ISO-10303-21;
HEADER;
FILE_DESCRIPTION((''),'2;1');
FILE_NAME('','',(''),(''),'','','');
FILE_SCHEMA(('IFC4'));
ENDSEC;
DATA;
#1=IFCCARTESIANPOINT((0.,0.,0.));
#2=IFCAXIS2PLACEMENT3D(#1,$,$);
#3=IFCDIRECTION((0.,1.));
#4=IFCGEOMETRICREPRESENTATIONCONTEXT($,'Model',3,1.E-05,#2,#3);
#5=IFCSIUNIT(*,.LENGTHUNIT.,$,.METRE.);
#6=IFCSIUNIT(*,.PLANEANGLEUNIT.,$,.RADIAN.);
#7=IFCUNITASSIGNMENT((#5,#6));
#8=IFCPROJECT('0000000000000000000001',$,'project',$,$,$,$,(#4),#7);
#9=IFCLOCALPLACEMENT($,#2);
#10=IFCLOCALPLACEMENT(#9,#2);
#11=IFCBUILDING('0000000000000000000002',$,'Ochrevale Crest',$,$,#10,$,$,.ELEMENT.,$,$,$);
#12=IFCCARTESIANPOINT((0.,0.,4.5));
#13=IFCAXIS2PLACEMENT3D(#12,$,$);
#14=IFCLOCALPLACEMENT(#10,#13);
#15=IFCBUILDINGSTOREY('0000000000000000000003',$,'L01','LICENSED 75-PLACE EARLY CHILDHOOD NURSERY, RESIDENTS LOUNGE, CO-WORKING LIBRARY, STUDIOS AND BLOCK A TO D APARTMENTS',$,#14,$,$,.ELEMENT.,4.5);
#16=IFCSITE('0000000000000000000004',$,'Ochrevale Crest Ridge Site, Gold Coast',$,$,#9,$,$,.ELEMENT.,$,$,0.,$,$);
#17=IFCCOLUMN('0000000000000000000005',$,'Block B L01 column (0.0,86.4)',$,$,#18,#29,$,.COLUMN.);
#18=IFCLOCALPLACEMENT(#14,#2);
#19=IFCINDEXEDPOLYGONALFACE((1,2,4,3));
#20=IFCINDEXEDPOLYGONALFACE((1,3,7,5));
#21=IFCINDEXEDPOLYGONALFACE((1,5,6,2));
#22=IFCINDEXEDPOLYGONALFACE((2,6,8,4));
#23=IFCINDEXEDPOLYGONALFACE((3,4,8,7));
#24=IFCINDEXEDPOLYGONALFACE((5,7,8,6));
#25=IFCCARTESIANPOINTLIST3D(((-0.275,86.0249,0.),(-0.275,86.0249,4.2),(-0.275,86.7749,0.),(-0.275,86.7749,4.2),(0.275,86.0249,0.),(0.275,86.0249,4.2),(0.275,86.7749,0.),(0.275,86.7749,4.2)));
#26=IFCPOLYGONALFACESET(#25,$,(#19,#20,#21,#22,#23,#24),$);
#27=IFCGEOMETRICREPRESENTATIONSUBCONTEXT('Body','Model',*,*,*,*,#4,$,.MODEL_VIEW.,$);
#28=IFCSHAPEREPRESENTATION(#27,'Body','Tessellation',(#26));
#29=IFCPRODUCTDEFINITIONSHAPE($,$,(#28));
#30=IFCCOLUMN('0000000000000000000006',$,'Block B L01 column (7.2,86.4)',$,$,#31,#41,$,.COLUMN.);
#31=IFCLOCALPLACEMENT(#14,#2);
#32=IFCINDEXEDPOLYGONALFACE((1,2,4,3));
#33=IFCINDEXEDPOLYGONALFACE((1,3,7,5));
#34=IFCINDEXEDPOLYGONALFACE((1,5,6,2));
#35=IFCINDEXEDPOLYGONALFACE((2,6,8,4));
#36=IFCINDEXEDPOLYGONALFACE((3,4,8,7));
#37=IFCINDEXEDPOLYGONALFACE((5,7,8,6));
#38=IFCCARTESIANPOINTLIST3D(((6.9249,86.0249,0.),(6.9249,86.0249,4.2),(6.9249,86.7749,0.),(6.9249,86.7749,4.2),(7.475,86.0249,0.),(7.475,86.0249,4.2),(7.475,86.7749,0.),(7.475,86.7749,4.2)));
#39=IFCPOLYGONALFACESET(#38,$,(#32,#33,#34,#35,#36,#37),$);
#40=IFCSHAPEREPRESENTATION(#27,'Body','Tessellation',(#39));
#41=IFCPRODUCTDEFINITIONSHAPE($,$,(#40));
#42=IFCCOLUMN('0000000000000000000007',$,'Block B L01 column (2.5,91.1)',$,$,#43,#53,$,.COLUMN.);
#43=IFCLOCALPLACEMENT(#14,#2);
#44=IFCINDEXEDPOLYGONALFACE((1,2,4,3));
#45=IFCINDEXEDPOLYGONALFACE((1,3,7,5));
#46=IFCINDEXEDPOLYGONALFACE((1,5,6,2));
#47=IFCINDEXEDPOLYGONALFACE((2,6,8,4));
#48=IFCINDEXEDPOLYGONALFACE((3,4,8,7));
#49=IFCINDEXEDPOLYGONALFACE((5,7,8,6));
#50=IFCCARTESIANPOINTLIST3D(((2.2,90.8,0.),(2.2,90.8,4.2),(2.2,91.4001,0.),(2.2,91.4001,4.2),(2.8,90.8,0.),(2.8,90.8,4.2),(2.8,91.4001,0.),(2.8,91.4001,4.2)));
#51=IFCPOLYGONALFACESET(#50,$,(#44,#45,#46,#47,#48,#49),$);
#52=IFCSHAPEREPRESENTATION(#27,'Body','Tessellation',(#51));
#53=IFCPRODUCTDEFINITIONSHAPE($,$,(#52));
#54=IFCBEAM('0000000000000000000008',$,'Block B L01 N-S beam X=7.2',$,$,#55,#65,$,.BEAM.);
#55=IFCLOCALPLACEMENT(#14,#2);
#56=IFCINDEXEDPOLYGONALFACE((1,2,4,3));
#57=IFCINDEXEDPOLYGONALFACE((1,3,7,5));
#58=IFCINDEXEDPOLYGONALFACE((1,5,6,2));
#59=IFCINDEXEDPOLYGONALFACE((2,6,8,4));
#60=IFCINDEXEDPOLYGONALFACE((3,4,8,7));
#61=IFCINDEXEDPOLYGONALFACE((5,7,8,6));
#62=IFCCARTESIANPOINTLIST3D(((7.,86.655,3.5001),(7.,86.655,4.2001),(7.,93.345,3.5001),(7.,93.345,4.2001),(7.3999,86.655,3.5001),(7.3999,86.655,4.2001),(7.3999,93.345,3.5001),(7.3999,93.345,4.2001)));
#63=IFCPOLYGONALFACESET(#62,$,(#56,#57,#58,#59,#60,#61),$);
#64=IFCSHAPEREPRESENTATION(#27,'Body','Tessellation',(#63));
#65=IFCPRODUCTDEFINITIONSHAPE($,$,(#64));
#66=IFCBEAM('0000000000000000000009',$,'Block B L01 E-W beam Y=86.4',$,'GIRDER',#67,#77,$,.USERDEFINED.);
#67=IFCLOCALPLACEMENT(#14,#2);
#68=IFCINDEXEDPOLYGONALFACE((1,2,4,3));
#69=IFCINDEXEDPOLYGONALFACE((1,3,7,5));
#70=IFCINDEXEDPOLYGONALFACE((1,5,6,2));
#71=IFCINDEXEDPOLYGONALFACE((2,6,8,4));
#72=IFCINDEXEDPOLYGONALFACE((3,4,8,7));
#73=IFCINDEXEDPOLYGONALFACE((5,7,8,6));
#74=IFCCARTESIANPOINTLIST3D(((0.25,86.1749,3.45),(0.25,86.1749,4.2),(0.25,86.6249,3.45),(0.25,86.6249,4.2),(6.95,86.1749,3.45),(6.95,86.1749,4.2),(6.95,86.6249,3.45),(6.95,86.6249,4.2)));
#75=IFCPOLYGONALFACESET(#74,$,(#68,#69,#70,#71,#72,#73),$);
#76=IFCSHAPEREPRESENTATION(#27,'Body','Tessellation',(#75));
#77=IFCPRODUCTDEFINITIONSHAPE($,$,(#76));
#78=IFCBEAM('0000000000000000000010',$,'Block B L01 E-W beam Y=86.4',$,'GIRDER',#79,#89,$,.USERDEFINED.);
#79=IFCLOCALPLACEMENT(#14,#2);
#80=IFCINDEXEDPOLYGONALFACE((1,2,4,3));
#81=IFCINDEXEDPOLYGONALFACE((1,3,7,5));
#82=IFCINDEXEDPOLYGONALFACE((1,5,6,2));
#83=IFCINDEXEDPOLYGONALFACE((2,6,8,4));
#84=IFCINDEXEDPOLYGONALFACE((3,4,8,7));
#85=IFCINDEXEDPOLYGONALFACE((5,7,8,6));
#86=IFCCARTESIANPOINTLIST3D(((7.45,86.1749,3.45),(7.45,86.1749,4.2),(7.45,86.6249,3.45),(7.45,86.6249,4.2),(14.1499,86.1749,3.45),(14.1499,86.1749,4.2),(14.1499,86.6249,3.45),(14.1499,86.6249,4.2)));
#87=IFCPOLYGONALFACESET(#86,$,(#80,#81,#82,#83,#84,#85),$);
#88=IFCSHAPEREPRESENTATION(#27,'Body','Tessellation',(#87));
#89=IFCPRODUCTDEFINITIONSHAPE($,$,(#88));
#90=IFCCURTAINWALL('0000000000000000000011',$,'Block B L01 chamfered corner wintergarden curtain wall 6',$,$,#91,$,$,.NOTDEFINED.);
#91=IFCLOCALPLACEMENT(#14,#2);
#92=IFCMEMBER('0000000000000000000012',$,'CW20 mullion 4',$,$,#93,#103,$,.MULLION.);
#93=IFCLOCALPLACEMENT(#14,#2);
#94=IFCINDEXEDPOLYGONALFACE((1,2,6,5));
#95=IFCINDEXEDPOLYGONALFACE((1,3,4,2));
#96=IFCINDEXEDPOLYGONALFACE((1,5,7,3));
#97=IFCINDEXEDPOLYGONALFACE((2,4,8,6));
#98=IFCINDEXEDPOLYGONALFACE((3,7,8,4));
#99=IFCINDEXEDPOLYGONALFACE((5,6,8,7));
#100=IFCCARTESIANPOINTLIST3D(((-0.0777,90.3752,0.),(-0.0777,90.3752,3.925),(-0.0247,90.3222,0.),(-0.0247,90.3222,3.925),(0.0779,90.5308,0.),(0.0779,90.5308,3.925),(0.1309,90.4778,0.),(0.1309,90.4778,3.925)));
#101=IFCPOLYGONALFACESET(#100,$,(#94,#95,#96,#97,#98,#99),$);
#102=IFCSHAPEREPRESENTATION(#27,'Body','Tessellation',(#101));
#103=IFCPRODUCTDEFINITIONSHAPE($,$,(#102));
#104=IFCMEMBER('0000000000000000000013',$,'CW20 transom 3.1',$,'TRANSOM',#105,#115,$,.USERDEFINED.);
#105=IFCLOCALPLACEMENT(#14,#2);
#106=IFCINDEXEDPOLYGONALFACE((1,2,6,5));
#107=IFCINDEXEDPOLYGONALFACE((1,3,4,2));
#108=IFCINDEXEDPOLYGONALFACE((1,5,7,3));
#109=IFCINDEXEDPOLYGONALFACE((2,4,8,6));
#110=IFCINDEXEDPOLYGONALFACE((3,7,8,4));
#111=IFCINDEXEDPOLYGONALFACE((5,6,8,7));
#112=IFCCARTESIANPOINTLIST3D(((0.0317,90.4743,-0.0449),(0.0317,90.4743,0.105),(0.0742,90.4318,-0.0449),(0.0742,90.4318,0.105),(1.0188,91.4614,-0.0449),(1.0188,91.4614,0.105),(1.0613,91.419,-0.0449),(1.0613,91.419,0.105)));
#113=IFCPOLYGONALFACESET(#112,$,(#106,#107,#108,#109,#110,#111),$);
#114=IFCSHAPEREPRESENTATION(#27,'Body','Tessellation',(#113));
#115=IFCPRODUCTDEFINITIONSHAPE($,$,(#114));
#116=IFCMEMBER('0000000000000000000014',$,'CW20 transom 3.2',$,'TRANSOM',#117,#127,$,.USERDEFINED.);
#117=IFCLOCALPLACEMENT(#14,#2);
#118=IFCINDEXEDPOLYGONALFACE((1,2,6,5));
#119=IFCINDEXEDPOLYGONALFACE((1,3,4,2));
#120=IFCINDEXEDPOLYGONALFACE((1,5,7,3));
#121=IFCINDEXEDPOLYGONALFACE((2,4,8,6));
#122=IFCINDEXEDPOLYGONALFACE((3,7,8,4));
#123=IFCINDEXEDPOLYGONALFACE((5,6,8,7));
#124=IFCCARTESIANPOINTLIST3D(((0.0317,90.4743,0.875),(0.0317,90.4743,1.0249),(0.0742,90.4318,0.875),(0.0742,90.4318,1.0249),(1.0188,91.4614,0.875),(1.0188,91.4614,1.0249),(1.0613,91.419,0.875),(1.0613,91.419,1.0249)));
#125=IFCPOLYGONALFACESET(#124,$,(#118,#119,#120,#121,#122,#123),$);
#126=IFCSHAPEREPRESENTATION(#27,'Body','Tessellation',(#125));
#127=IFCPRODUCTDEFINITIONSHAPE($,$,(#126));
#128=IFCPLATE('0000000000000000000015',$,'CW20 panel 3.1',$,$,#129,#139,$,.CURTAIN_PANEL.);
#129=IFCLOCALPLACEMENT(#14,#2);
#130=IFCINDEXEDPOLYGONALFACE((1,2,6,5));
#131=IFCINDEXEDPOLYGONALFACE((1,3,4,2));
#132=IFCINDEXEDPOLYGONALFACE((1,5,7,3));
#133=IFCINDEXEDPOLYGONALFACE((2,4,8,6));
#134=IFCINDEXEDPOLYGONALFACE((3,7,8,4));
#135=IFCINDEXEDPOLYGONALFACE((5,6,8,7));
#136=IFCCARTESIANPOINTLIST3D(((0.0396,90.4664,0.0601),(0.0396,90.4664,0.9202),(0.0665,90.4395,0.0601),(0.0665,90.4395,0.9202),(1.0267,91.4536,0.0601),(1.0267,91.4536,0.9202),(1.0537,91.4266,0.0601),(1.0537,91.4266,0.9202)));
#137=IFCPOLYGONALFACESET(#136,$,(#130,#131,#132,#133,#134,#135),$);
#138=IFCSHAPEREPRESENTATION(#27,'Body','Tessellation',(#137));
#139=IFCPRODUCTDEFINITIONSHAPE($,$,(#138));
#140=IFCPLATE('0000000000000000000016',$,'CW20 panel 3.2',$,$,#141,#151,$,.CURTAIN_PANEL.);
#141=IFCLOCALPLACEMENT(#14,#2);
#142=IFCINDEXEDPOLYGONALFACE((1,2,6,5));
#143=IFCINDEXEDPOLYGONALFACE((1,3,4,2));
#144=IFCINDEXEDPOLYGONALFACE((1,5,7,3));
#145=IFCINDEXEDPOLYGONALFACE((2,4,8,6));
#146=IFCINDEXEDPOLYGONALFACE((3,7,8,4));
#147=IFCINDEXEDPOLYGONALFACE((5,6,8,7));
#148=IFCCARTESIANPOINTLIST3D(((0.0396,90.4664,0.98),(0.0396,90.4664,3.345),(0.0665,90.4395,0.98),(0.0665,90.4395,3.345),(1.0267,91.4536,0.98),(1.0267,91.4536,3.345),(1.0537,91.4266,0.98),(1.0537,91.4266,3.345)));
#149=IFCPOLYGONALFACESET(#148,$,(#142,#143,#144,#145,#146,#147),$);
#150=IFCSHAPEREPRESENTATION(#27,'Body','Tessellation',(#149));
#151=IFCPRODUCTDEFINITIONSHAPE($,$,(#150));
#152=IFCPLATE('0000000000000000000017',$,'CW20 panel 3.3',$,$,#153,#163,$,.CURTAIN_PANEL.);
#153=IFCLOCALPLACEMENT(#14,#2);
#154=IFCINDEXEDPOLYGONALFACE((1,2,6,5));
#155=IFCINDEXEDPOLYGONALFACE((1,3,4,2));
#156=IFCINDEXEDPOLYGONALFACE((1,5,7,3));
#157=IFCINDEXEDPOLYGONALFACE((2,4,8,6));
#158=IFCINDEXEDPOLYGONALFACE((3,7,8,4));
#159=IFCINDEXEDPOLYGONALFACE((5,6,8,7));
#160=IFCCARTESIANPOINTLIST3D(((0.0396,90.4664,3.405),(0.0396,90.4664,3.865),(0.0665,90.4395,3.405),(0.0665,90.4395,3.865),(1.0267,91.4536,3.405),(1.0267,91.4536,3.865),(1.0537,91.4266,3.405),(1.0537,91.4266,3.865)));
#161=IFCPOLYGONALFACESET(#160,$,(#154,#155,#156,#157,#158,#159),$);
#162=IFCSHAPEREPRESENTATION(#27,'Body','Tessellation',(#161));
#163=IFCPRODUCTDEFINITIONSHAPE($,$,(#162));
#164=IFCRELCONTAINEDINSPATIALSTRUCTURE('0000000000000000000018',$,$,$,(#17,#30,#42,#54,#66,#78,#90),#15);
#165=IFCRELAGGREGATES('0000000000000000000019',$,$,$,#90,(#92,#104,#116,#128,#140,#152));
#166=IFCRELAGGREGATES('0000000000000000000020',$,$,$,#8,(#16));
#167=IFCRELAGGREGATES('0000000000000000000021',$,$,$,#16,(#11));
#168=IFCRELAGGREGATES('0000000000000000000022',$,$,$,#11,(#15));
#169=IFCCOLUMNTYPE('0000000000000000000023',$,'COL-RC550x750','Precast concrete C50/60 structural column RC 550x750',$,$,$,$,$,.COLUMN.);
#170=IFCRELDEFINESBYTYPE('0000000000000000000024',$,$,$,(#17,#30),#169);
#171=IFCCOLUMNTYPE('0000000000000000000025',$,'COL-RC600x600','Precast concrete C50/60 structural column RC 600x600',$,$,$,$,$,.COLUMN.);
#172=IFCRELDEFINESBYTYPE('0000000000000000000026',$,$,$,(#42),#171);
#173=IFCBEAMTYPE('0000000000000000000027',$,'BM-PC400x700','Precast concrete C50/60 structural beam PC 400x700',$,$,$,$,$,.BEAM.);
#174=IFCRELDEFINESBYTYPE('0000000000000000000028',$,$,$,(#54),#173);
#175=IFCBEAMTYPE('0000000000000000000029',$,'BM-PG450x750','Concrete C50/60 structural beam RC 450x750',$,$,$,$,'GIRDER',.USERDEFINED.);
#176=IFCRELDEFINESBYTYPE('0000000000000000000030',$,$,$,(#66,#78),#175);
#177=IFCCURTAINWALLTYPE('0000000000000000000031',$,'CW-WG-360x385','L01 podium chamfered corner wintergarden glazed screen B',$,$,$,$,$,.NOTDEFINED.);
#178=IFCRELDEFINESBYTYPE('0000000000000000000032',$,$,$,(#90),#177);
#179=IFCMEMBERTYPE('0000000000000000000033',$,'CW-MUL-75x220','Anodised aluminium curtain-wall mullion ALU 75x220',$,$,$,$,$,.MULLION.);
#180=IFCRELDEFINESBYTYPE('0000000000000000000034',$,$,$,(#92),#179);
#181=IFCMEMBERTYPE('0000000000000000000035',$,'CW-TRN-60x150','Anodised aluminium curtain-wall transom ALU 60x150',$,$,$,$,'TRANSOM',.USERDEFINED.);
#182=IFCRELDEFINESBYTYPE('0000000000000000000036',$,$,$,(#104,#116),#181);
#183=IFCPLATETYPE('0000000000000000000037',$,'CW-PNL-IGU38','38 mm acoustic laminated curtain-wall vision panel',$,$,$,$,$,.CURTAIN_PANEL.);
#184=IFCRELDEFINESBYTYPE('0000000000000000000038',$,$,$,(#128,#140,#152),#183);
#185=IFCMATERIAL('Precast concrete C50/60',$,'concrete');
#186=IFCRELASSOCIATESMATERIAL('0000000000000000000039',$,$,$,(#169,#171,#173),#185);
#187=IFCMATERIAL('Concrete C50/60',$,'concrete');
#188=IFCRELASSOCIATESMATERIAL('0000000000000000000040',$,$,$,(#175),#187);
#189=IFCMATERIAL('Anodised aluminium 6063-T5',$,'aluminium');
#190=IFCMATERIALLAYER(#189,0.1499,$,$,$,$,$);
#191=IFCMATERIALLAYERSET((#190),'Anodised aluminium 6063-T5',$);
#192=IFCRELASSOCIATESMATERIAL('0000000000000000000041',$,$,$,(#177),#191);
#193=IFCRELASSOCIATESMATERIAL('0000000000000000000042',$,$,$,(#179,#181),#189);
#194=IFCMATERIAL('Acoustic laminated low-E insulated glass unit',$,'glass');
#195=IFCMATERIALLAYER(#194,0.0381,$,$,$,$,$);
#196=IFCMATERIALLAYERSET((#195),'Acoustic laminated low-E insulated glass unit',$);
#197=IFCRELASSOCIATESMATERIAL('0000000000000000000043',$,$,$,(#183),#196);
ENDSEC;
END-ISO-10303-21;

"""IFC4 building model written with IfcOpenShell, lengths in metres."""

from ifc_helpers import new_model, si_unit, direction, frame, origin, origin_2d, place, context, subcontext, project, spatial, rectangle, extrude, material, layer, layer_set, material_profile, profile_set, type_object, element, aggregate, save


model = new_model("IFC4")

# Units and contexts
model_context = context("Model", 3, precision=1e-05, world=origin(), true_north=direction((0.0, 1.0)))
body_context = subcontext(model_context, "Body", "Model", "MODEL_VIEW")
ifc_project = project(units=[si_unit("LENGTHUNIT", "METRE"), si_unit("PLANEANGLEUNIT", "RADIAN")], contexts=[model_context])

# Site, building, storey
site_placement = place(None, origin())
site = spatial("IfcSite", under=ifc_project, at=site_placement, Name="Ochrevale Crest Ridge Site, Gold Coast", CompositionType="ELEMENT", RefElevation=0.0)
building_placement = place(site_placement, origin())
building = spatial("IfcBuilding", under=site, at=building_placement, Name="Ochrevale Crest", CompositionType="ELEMENT")
storey_placement = place(building_placement, frame((0.0, 0.0, 4.5)))
storey = spatial("IfcBuildingStorey", under=building, at=storey_placement, Name="L01", Description="LICENSED 75-PLACE EARLY CHILDHOOD NURSERY, RESIDENTS LOUNGE, CO-WORKING LIBRARY, STUDIOS AND BLOCK A TO D APARTMENTS", CompositionType="ELEMENT", Elevation=4.5)

# Columns
ifc_material_1 = material(Name="Precast concrete C50/60", Category="concrete")
ifc_material_profile_1 = material_profile(ifc_material_1, rectangle(XDim=0.55, YDim=0.75, at=origin_2d()), Name="RC 550x750")
ifc_profile_set_1 = profile_set([ifc_material_profile_1], Name="Precast concrete C50/60")
column_type_1 = type_object("IfcColumnType", Name="COL-RC550x750", Description="Precast concrete C50/60 structural column RC 550x750", PredefinedType="COLUMN", material=ifc_profile_set_1)
for number, where, z_axis, x_axis, name in (
    (1, (0.0, 86.3999, 0.0), (0.0, 0.0, 1.0), (1.0, 0.0, 0.0), "Block B L01 column (0.0,86.4)"),
    (2, (7.2, 86.3999, 0.0), (0.0, 0.0, 1.0), (1.0, 0.0, 0.0), "Block B L01 column (7.2,86.4)"),
):
    element("IfcColumn", number, at=place(storey_placement, frame(where, z_axis=z_axis, x_axis=x_axis)), inside=storey, type_object=column_type_1, Name=name, PredefinedType="COLUMN", context=body_context, shape_type="SweptSolid", body=[
        extrude(rectangle(XDim=0.55, YDim=0.75, at=origin_2d()), origin(), (0.0, 0.0, 1.0), 4.2),
    ])
ifc_material_profile_2 = material_profile(ifc_material_1, rectangle(XDim=0.6001, YDim=0.6001, at=origin_2d()), Name="RC 600x600")
ifc_profile_set_2 = profile_set([ifc_material_profile_2], Name="Precast concrete C50/60")
column_type_2 = type_object("IfcColumnType", Name="COL-RC600x600", Description="Precast concrete C50/60 structural column RC 600x600", PredefinedType="COLUMN", material=ifc_profile_set_2)
column_placement = place(storey_placement, frame((2.5, 91.1001, 0.0), z_axis=(0.0, 0.0, 1.0), x_axis=(1.0, 0.0, 0.0)))
element("IfcColumn", 3, at=column_placement, inside=storey, type_object=column_type_2, Name="Block B L01 column (2.5,91.1)", PredefinedType="COLUMN", context=body_context, shape_type="SweptSolid", body=[
    extrude(rectangle(XDim=0.6001, YDim=0.6001, at=origin_2d()), origin(), (0.0, 0.0, 1.0), 4.2),
])

# Beams
ifc_material_profile_3 = material_profile(ifc_material_1, rectangle(XDim=0.3999, YDim=0.7, at=origin_2d()), Name="PC 400x700")
ifc_profile_set_3 = profile_set([ifc_material_profile_3], Name="Precast concrete C50/60")
beam_type_1 = type_object("IfcBeamType", Name="BM-PC400x700", Description="Precast concrete C50/60 structural beam PC 400x700", PredefinedType="BEAM", material=ifc_profile_set_3)
beam_placement = place(storey_placement, frame((7.2, 86.655, 3.8501), z_axis=(0.0, 1.0, 0.0), x_axis=(-1.0, 0.0, 0.0)))
element("IfcBeam", 4, at=beam_placement, inside=storey, type_object=beam_type_1, Name="Block B L01 N-S beam X=7.2", PredefinedType="BEAM", context=body_context, shape_type="SweptSolid", body=[
    extrude(rectangle(XDim=0.3999, YDim=0.7, at=origin_2d()), origin(), (0.0, 0.0, 1.0), 6.6899),
])
ifc_material_2 = material(Name="Concrete C50/60", Category="concrete")
ifc_material_profile_4 = material_profile(ifc_material_2, rectangle(XDim=0.45, YDim=0.75, at=origin_2d()), Name="RC 450x750")
ifc_profile_set_4 = profile_set([ifc_material_profile_4], Name="Concrete C50/60")
beam_type_2 = type_object("IfcBeamType", Name="BM-PG450x750", Description="Concrete C50/60 structural beam RC 450x750", ElementType="GIRDER", PredefinedType="USERDEFINED", material=ifc_profile_set_4)
for number, where, z_axis, x_axis, name in (
    (5, (0.25, 86.3999, 3.825), (1.0, 0.0, 0.0), (0.0, 1.0, 0.0), "Block B L01 E-W beam Y=86.4"),
    (6, (7.45, 86.3999, 3.825), (1.0, 0.0, 0.0), (0.0, 1.0, 0.0), "Block B L01 E-W beam Y=86.4"),
):
    element("IfcBeam", number, at=place(storey_placement, frame(where, z_axis=z_axis, x_axis=x_axis)), inside=storey, type_object=beam_type_2, Name=name, ObjectType="GIRDER", PredefinedType="USERDEFINED", context=body_context, shape_type="SweptSolid", body=[
        extrude(rectangle(XDim=0.45, YDim=0.75, at=origin_2d()), origin(), (0.0, 0.0, 1.0), 6.7),
    ])

# Curtain wall, members, plates
ifc_material_3 = material(Name="Anodised aluminium 6063-T5", Category="aluminium")
ifc_layer_1 = layer(ifc_material_3, 0.1499)
ifc_layer_set_1 = layer_set([ifc_layer_1], Name="Anodised aluminium 6063-T5")
curtain_wall_type = type_object("IfcCurtainWallType", Name="CW-WG-360x385", Description="L01 podium chamfered corner wintergarden glazed screen B", PredefinedType="NOTDEFINED", material=ifc_layer_set_1)
curtain_wall_placement = place(storey_placement, origin())
curtain_wall = element("IfcCurtainWall", 7, at=curtain_wall_placement, inside=storey, type_object=curtain_wall_type, Name="Block B L01 chamfered corner wintergarden curtain wall 6", PredefinedType="NOTDEFINED")
ifc_material_profile_5 = material_profile(ifc_material_3, rectangle(XDim=0.075, YDim=0.22, at=origin_2d()), Name="ALU 75x220")
ifc_profile_set_5 = profile_set([ifc_material_profile_5], Name="Anodised aluminium 6063-T5")
member_type_1 = type_object("IfcMemberType", Name="CW-MUL-75x220", Description="Anodised aluminium curtain-wall mullion ALU 75x220", PredefinedType="MULLION", material=ifc_profile_set_5)
member_1_placement = place(storey_placement, frame((0.0266, 90.4265, 0.0), z_axis=(0.0, 0.0, 1.0), x_axis=(0.707107, -0.707107, 0.0)))
member_1 = element("IfcMember", 8, at=member_1_placement, type_object=member_type_1, Name="CW20 mullion 4", PredefinedType="MULLION", context=body_context, shape_type="SweptSolid", body=[
    extrude(rectangle(XDim=0.075, YDim=0.22, at=origin_2d()), origin(), (0.0, 0.0, 1.0), 3.925),
])
ifc_material_profile_6 = material_profile(ifc_material_3, rectangle(XDim=0.0601, YDim=0.1499, at=origin_2d()), Name="ALU 60x150")
ifc_profile_set_6 = profile_set([ifc_material_profile_6], Name="Anodised aluminium 6063-T5")
member_type_2 = type_object("IfcMemberType", Name="CW-TRN-60x150", Description="Anodised aluminium curtain-wall transom ALU 60x150", ElementType="TRANSOM", PredefinedType="USERDEFINED", material=ifc_profile_set_6)
member_2_placement = place(storey_placement, frame((1.04, 91.4402, 0.03), z_axis=(-0.707107, -0.707107, 0.0), x_axis=(0.707107, -0.707107, 0.0)))
member_2 = element("IfcMember", 9, at=member_2_placement, type_object=member_type_2, Name="CW20 transom 3.1", ObjectType="TRANSOM", PredefinedType="USERDEFINED", context=body_context, shape_type="SweptSolid", body=[
    extrude(rectangle(XDim=0.0601, YDim=0.1499, at=origin_2d()), origin(), (0.0, 0.0, 1.0), 1.396),
])
member_3_placement = place(storey_placement, frame((1.04, 91.4402, 0.95), z_axis=(-0.707107, -0.707107, 0.0), x_axis=(0.707107, -0.707107, 0.0)))
member_3 = element("IfcMember", 10, at=member_3_placement, type_object=member_type_2, Name="CW20 transom 3.2", ObjectType="TRANSOM", PredefinedType="USERDEFINED", context=body_context, shape_type="SweptSolid", body=[
    extrude(rectangle(XDim=0.0601, YDim=0.1499, at=origin_2d()), origin(), (0.0, 0.0, 1.0), 1.396),
])
ifc_material_4 = material(Name="Acoustic laminated low-E insulated glass unit", Category="glass")
ifc_layer_2 = layer(ifc_material_4, 0.0381)
ifc_layer_set_2 = layer_set([ifc_layer_2], Name="Acoustic laminated low-E insulated glass unit")
plate_type = type_object("IfcPlateType", Name="CW-PNL-IGU38", Description="38 mm acoustic laminated curtain-wall vision panel", PredefinedType="CURTAIN_PANEL", material=ifc_layer_set_2)
plate_1_placement = place(storey_placement, frame((0.5466, 90.9465, 0.0601), z_axis=(0.0, 0.0, 1.0), x_axis=(-0.707107, -0.707107, 0.0)))
plate_1 = element("IfcPlate", 11, at=plate_1_placement, type_object=plate_type, Name="CW20 panel 3.1", PredefinedType="CURTAIN_PANEL", context=body_context, shape_type="SweptSolid", body=[
    extrude(rectangle(XDim=1.396, YDim=0.0381, at=origin_2d()), origin(), (0.0, 0.0, 1.0), 0.8601),
])
plate_2_placement = place(storey_placement, frame((0.5466, 90.9465, 0.98), z_axis=(0.0, 0.0, 1.0), x_axis=(-0.707107, -0.707107, 0.0)))
plate_2 = element("IfcPlate", 12, at=plate_2_placement, type_object=plate_type, Name="CW20 panel 3.2", PredefinedType="CURTAIN_PANEL", context=body_context, shape_type="SweptSolid", body=[
    extrude(rectangle(XDim=1.396, YDim=0.0381, at=origin_2d()), origin(), (0.0, 0.0, 1.0), 2.365),
])
plate_3_placement = place(storey_placement, frame((0.5466, 90.9465, 3.405), z_axis=(0.0, 0.0, 1.0), x_axis=(-0.707107, -0.707107, 0.0)))
plate_3 = element("IfcPlate", 13, at=plate_3_placement, type_object=plate_type, Name="CW20 panel 3.3", PredefinedType="CURTAIN_PANEL", context=body_context, shape_type="SweptSolid", body=[
    extrude(rectangle(XDim=1.396, YDim=0.0381, at=origin_2d()), origin(), (0.0, 0.0, 1.0), 0.46),
])
aggregate(curtain_wall, [member_1, member_2, member_3, plate_1, plate_2, plate_3])

save(model, "model.ifc")
